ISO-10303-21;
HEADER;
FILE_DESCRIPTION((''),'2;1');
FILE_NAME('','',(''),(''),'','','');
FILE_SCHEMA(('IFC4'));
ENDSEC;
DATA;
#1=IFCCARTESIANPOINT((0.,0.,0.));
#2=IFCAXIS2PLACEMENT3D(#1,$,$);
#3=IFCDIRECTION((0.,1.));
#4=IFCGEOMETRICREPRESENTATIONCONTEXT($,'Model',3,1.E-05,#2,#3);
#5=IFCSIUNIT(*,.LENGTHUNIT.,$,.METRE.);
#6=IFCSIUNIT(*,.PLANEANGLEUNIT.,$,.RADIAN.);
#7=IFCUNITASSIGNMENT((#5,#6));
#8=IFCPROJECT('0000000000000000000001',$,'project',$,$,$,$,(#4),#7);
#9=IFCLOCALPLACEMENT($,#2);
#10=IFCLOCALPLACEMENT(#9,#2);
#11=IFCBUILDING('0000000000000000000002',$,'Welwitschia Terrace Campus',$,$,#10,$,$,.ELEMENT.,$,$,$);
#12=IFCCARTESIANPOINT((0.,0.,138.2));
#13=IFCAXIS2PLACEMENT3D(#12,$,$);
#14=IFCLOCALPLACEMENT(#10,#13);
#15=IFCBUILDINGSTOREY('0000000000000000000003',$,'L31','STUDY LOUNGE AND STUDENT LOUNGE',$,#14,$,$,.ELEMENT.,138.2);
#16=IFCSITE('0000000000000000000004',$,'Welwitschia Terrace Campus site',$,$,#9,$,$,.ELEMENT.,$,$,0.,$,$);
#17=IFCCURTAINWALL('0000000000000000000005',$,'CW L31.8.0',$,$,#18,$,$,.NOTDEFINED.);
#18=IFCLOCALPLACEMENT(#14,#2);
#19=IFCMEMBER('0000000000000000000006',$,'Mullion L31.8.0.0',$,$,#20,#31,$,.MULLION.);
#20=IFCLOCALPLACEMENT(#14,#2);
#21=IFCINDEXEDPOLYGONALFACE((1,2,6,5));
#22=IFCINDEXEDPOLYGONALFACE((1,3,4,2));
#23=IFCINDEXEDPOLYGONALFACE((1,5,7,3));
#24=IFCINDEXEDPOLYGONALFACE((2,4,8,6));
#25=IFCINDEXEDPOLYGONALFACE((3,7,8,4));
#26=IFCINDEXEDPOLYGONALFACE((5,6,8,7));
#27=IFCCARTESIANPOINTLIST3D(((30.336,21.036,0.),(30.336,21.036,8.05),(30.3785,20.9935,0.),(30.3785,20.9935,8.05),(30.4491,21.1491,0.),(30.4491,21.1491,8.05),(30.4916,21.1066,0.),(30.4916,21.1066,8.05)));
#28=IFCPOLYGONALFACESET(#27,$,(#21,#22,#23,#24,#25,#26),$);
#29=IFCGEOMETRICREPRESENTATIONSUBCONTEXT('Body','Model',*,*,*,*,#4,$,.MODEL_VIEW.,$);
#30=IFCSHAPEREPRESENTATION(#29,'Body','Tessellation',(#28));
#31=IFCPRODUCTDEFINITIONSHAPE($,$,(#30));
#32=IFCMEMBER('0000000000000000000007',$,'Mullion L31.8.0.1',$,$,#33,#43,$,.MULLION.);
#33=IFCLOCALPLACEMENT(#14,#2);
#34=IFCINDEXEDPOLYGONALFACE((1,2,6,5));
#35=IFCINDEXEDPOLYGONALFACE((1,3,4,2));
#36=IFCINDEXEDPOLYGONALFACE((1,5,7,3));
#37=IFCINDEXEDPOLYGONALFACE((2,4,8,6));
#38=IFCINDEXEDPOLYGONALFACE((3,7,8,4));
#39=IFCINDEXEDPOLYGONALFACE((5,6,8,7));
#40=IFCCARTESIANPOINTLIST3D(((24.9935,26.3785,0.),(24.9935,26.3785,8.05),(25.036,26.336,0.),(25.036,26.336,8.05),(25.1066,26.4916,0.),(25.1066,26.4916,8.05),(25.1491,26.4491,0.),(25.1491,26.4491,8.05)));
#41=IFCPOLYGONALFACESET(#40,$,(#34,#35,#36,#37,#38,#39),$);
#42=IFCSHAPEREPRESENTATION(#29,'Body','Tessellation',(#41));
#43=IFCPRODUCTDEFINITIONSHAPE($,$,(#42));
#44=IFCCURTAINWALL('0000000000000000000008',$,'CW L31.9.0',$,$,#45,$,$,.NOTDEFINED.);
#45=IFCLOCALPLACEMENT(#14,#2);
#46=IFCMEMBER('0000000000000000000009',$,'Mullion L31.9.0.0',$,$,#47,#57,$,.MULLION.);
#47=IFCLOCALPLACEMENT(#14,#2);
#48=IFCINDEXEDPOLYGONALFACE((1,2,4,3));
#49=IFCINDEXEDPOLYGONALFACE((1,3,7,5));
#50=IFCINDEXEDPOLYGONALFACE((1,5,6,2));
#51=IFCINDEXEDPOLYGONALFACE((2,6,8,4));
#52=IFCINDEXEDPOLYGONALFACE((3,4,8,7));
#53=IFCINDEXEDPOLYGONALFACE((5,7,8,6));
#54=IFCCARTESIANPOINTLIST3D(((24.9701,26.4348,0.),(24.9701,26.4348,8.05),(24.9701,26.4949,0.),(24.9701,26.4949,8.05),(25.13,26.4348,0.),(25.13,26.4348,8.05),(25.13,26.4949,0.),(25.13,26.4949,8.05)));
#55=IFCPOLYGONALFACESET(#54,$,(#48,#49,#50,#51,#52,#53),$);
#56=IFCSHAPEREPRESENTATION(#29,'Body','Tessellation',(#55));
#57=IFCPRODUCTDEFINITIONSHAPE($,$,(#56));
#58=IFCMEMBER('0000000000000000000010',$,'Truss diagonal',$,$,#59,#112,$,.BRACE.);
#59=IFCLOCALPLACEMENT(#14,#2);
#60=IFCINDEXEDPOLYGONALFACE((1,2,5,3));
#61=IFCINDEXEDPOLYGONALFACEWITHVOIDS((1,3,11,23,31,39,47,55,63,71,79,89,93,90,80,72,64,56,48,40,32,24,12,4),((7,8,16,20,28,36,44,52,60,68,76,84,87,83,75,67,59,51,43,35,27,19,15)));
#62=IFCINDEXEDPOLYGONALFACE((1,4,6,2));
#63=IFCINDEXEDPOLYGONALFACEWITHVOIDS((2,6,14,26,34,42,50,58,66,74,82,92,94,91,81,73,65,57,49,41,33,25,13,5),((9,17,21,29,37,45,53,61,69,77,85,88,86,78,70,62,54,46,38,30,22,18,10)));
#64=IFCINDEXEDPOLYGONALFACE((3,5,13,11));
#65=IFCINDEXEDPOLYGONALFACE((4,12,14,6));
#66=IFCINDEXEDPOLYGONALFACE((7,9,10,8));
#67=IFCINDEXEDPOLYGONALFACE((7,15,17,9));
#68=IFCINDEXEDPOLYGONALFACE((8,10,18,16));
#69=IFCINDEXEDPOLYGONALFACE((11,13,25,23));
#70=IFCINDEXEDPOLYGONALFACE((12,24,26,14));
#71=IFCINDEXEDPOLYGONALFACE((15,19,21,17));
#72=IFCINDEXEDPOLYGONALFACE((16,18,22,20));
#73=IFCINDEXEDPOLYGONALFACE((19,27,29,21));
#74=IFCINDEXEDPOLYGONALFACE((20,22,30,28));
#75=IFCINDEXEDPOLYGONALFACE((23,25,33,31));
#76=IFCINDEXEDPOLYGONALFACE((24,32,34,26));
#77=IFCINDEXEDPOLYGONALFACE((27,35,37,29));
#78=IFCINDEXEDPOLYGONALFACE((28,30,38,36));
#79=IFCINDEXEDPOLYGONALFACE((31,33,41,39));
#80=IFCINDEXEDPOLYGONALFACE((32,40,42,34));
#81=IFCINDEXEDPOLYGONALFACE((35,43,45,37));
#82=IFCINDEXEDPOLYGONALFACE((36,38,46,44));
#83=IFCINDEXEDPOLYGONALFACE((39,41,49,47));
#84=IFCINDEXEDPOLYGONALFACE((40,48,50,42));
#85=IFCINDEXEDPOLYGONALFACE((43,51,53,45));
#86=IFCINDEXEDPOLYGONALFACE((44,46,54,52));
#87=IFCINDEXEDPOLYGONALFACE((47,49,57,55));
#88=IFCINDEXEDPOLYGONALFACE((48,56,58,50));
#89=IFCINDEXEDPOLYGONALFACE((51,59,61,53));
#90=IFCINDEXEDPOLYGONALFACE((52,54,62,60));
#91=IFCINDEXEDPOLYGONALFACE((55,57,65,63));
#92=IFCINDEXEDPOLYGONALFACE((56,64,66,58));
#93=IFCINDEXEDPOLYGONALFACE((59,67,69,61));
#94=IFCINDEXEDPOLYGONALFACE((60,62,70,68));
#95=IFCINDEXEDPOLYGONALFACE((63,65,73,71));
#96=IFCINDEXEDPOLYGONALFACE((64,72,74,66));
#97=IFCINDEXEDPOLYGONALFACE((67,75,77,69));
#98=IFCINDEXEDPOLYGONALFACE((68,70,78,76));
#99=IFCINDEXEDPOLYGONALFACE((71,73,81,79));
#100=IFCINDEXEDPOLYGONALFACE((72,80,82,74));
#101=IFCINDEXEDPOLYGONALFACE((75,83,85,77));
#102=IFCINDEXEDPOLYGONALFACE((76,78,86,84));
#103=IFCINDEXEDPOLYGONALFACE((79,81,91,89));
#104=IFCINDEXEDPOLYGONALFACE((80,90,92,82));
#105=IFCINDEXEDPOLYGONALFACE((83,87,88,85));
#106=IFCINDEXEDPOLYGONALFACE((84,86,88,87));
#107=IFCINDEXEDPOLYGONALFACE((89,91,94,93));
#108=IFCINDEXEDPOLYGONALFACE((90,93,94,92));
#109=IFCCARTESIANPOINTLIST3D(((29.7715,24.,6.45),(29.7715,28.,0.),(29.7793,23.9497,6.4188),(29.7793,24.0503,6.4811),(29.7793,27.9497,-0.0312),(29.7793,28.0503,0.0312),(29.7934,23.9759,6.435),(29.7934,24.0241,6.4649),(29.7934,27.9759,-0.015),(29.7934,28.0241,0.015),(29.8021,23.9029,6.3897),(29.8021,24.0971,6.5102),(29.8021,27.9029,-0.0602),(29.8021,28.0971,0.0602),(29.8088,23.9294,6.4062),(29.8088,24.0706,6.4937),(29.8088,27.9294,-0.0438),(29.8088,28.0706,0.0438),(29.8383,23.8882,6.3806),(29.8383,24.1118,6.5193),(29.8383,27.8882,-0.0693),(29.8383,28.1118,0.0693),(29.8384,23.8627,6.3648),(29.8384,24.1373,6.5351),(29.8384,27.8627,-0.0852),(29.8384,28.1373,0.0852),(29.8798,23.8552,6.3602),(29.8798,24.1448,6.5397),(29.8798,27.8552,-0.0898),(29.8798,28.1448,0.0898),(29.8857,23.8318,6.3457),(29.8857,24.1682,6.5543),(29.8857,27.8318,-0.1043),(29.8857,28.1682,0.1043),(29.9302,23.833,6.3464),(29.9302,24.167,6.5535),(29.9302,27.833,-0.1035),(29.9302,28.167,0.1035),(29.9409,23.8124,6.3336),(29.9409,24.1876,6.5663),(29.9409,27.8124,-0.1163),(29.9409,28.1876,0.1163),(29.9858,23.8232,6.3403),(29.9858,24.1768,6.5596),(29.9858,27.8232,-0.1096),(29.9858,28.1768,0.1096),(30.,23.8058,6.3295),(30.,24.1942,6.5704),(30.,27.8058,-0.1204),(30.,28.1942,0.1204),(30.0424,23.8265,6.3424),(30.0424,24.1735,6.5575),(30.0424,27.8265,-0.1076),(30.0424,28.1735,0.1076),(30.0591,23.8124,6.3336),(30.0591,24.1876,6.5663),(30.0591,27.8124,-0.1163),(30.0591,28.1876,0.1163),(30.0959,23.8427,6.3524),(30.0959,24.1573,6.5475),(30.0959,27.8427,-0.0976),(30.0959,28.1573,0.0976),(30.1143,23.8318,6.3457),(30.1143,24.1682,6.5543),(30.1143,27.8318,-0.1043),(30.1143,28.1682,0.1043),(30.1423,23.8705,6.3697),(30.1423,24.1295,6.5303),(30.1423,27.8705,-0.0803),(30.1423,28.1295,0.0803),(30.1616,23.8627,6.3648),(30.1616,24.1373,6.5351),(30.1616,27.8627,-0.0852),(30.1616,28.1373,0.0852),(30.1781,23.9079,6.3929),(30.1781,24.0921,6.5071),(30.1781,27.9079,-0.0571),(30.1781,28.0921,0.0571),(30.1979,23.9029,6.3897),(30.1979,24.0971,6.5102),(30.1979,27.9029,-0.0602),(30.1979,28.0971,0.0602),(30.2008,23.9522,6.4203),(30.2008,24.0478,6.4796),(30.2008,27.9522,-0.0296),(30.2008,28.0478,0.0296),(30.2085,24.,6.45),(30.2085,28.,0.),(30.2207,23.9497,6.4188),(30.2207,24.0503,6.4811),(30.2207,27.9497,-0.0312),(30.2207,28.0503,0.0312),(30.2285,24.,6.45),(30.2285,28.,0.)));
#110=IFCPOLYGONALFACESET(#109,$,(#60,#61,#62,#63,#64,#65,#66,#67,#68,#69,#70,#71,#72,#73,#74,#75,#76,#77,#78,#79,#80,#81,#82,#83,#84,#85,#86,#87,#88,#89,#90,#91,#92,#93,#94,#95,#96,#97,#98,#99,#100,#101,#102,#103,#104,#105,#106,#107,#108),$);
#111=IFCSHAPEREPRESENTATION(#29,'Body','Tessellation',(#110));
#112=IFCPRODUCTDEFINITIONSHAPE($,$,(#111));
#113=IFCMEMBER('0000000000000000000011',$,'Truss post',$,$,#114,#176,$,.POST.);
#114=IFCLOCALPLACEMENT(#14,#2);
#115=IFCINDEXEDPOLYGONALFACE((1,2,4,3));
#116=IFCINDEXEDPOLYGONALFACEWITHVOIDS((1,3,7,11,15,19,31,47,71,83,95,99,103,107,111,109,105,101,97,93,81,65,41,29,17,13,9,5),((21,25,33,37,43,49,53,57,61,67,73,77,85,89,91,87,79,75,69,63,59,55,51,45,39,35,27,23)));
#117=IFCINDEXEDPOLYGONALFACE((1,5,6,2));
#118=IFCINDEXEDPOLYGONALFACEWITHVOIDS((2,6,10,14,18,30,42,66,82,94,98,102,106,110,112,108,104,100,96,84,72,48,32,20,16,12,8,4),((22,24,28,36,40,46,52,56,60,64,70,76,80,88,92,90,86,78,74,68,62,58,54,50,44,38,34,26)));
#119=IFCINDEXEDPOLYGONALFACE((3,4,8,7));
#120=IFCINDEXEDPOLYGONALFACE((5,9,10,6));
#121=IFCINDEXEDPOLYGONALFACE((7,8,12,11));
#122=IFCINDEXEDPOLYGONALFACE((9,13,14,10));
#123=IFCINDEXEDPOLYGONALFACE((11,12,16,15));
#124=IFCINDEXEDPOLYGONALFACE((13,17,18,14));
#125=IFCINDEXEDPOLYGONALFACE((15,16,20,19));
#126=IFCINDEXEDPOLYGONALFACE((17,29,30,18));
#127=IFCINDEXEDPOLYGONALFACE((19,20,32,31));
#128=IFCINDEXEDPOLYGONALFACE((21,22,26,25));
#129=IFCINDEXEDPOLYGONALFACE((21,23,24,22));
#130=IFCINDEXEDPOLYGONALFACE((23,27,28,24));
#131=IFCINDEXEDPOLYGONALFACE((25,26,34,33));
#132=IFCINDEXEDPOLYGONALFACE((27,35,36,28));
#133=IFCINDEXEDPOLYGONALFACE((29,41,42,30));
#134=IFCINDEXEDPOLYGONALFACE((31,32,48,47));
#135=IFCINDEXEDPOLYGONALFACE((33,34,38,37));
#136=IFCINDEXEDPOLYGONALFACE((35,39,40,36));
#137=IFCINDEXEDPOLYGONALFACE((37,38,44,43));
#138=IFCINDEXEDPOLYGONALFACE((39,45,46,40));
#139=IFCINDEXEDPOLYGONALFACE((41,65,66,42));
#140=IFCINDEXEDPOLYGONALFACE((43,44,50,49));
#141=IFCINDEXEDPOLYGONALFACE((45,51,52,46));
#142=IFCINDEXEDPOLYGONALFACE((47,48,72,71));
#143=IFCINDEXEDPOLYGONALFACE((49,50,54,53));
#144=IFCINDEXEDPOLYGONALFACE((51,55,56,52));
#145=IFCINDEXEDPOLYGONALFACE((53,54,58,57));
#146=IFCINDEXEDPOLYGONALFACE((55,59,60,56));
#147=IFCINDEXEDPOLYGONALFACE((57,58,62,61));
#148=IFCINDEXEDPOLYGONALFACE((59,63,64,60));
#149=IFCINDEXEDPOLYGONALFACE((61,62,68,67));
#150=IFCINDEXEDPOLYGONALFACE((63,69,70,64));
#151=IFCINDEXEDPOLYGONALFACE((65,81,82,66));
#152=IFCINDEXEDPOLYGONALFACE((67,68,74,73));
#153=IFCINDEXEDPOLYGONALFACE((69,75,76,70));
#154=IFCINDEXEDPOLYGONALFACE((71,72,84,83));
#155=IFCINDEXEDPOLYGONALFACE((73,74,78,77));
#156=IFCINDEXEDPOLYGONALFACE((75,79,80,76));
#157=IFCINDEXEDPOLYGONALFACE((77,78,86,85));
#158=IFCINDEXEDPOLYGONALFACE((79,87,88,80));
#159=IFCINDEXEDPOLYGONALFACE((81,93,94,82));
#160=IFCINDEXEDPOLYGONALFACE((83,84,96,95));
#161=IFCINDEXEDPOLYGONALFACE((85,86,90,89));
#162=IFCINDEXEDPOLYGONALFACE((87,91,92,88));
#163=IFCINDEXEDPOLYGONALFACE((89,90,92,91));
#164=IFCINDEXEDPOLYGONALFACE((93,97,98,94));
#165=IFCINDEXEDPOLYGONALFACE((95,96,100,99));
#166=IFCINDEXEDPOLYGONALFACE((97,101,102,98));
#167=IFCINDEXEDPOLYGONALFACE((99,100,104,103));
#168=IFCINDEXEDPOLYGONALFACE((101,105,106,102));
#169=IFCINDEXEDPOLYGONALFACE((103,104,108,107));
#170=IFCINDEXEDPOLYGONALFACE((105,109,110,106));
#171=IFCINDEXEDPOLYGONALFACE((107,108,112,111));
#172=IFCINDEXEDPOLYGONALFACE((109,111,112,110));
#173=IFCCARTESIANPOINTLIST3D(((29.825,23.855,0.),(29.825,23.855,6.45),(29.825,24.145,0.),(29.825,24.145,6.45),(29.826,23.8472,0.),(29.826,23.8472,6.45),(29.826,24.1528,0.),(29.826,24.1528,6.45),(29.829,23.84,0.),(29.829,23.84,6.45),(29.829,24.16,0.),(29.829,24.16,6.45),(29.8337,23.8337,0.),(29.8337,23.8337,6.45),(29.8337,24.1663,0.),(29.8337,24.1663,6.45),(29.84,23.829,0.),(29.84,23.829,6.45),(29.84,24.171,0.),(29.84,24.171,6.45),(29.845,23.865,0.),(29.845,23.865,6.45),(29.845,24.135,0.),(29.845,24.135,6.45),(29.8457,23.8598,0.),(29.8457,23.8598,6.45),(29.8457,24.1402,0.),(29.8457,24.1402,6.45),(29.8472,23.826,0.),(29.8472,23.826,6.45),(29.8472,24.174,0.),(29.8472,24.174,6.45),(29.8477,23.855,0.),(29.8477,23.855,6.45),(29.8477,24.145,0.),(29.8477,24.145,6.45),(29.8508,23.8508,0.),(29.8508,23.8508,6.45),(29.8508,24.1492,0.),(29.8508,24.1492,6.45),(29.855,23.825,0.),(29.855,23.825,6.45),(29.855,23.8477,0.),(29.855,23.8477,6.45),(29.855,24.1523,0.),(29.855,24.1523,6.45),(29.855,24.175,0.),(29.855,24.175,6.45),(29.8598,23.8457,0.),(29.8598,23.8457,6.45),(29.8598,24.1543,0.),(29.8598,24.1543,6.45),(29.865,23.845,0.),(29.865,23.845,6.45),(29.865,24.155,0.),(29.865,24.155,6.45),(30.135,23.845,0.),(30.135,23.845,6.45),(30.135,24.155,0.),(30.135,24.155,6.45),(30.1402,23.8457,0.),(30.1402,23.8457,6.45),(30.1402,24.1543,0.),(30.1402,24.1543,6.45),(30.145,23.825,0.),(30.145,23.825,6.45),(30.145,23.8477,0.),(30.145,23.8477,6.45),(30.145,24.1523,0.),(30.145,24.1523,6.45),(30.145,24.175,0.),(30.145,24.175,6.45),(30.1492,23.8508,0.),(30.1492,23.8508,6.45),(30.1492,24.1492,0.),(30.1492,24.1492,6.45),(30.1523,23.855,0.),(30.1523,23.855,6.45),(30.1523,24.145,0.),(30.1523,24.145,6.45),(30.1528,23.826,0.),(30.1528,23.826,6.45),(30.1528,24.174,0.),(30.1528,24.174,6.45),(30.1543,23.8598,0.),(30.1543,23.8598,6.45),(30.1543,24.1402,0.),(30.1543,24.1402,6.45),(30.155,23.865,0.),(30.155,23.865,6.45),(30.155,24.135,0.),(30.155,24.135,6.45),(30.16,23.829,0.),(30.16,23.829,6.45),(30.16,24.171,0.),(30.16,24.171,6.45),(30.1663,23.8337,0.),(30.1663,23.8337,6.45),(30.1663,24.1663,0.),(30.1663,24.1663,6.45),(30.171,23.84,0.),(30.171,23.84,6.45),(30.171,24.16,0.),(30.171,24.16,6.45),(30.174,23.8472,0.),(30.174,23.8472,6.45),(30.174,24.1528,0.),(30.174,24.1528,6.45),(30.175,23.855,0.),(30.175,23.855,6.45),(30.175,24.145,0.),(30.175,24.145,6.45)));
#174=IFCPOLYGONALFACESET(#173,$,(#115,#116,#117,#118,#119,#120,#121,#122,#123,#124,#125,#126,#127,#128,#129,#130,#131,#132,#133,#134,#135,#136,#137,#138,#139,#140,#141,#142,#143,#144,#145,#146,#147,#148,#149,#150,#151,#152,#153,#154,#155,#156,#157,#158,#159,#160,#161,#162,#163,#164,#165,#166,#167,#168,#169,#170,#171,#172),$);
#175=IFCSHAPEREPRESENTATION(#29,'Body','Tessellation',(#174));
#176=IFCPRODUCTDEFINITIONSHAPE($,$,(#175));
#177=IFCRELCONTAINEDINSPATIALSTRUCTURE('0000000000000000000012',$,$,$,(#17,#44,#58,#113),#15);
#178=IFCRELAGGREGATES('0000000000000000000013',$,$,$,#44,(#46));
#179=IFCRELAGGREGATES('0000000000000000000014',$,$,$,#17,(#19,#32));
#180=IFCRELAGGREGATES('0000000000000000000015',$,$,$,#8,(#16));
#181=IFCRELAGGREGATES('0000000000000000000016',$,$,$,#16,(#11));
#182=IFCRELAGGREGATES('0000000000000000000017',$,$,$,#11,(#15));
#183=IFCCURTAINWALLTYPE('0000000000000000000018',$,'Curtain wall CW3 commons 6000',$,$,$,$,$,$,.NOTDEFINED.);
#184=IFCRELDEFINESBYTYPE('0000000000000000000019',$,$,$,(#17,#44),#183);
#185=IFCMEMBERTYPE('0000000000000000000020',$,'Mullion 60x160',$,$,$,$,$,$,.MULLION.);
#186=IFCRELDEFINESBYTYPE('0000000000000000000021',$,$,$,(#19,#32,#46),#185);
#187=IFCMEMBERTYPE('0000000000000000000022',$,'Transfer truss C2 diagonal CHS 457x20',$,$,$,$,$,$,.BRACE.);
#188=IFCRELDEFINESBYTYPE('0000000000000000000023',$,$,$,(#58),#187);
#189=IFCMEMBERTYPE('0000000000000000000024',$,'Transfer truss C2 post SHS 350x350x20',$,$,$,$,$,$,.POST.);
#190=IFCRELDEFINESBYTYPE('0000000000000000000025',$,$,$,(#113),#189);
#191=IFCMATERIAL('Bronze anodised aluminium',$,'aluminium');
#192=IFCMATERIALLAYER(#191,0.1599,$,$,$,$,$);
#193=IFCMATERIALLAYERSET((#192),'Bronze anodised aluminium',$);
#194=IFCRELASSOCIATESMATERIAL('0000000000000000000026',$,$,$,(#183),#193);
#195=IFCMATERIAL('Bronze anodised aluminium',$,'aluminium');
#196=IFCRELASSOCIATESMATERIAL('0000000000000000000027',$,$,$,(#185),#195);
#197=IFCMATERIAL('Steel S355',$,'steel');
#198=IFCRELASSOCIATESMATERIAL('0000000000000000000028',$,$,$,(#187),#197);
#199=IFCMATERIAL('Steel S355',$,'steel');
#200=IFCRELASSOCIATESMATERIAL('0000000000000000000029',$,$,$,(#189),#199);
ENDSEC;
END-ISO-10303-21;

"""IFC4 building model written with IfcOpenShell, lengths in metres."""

from ifc_helpers import new_model, si_unit, direction, frame, origin, origin_2d, place, context, subcontext, project, spatial, rectangle, hollow_rectangle, hollow_circle, extrude, material, layer, layer_set, material_profile, profile_set, type_object, element, aggregate, save


model = new_model("IFC4")

# Units and contexts
model_context = context("Model", 3, precision=1e-05, world=origin(), true_north=direction((0.0, 1.0)))
body_context = subcontext(model_context, "Body", "Model", "MODEL_VIEW")
ifc_project = project(units=[si_unit("LENGTHUNIT", "METRE"), si_unit("PLANEANGLEUNIT", "RADIAN")], contexts=[model_context])

# Site, building, storey
site_placement = place(None, origin())
site = spatial("IfcSite", under=ifc_project, at=site_placement, Name="Welwitschia Terrace Campus site", CompositionType="ELEMENT", RefElevation=0.0)
building_placement = place(site_placement, origin())
building = spatial("IfcBuilding", under=site, at=building_placement, Name="Welwitschia Terrace Campus", CompositionType="ELEMENT")
storey_placement = place(building_placement, frame((0.0, 0.0, 138.2)))
storey = spatial("IfcBuildingStorey", under=building, at=storey_placement, Name="L31", Description="STUDY LOUNGE AND STUDENT LOUNGE", CompositionType="ELEMENT", Elevation=138.2)

# Curtain wall, members
ifc_material_1 = material(Name="Bronze anodised aluminium", Category="aluminium")
ifc_layer_1 = layer(ifc_material_1, 0.1599)
ifc_layer_set_1 = layer_set([ifc_layer_1], Name="Bronze anodised aluminium")
curtain_wall_type = type_object("IfcCurtainWallType", Name="Curtain wall CW3 commons 6000", PredefinedType="NOTDEFINED", material=ifc_layer_set_1)
curtain_wall_1_placement = place(storey_placement, origin())
curtain_wall_1 = element("IfcCurtainWall", 1, at=curtain_wall_1_placement, inside=storey, type_object=curtain_wall_type, Name="CW L31.8.0", PredefinedType="NOTDEFINED")
ifc_material_2 = material(Name="Bronze anodised aluminium", Category="aluminium")
ifc_material_profile_1 = material_profile(ifc_material_2, rectangle(XDim=0.1599, YDim=0.0601, at=origin_2d()))
ifc_profile_set_1 = profile_set([ifc_material_profile_1], Name="Bronze anodised aluminium")
member_type_1 = type_object("IfcMemberType", Name="Mullion 60x160", PredefinedType="MULLION", material=ifc_profile_set_1)
member_1_placement = place(storey_placement, frame((30.4138, 21.0713, 0.0), z_axis=(0.0, 0.0, 1.0), x_axis=(-0.707107, -0.707107, 0.0)))
member_1 = element("IfcMember", 2, at=member_1_placement, type_object=member_type_1, Name="Mullion L31.8.0.0", PredefinedType="MULLION", context=body_context, shape_type="SweptSolid", body=[
    extrude(rectangle(XDim=0.1599, YDim=0.0601, at=origin_2d()), origin(), (0.0, 0.0, 1.0), 8.05),
])
member_2_placement = place(storey_placement, frame((25.0713, 26.4138, 0.0), z_axis=(0.0, 0.0, 1.0), x_axis=(-0.707107, -0.707107, 0.0)))
member_2 = element("IfcMember", 3, at=member_2_placement, type_object=member_type_1, Name="Mullion L31.8.0.1", PredefinedType="MULLION", context=body_context, shape_type="SweptSolid", body=[
    extrude(rectangle(XDim=0.1599, YDim=0.0601, at=origin_2d()), origin(), (0.0, 0.0, 1.0), 8.05),
])

# Curtain wall, member
curtain_wall_2_placement = place(storey_placement, origin())
curtain_wall_2 = element("IfcCurtainWall", 4, at=curtain_wall_2_placement, inside=storey, type_object=curtain_wall_type, Name="CW L31.9.0", PredefinedType="NOTDEFINED")
member_3_placement = place(storey_placement, frame((25.05, 26.4648, 0.0), z_axis=(0.0, 0.0, 1.0), x_axis=(-1.0, 0.0, 0.0)))
member_3 = element("IfcMember", 5, at=member_3_placement, type_object=member_type_1, Name="Mullion L31.9.0.0", PredefinedType="MULLION", context=body_context, shape_type="SweptSolid", body=[
    extrude(rectangle(XDim=0.1599, YDim=0.0601, at=origin_2d()), origin(), (0.0, 0.0, 1.0), 8.05),
])

# Members
ifc_material_3 = material(Name="Steel S355", Category="steel")
ifc_material_profile_2 = material_profile(ifc_material_3, hollow_circle(Radius=0.2285, WallThickness=0.02, at=origin_2d()))
ifc_profile_set_2 = profile_set([ifc_material_profile_2], Name="Steel S355")
member_type_2 = type_object("IfcMemberType", Name="Transfer truss C2 diagonal CHS 457x20", PredefinedType="BRACE", material=ifc_profile_set_2)
member_4_placement = place(storey_placement, frame((30.0, 28.0, 0.0), z_axis=(0.0, -0.527038, 0.849842), x_axis=(1.0, 0.0, 0.0)))
element("IfcMember", 6, at=member_4_placement, inside=storey, type_object=member_type_2, Name="Truss diagonal", PredefinedType="BRACE", context=body_context, shape_type="SweptSolid", body=[
    extrude(hollow_circle(Radius=0.2285, WallThickness=0.02, at=origin_2d()), origin(), (0.0, 0.0, 1.0), 7.5896),
])
ifc_material_4 = material(Name="Steel S355", Category="steel")
ifc_material_profile_3 = material_profile(ifc_material_4, hollow_rectangle(XDim=0.3501, YDim=0.3501, WallThickness=0.02, InnerFilletRadius=0.02, OuterFilletRadius=0.03, at=origin_2d()))
ifc_profile_set_3 = profile_set([ifc_material_profile_3], Name="Steel S355")
member_type_3 = type_object("IfcMemberType", Name="Transfer truss C2 post SHS 350x350x20", PredefinedType="POST", material=ifc_profile_set_3)
for number, where, z_axis, x_axis, name in (
    (7, (30.0, 24.0, 0.0), (0.0, 0.0, 1.0), (1.0, 0.0, 0.0), "Truss post"),
):
    element("IfcMember", number, at=place(storey_placement, frame(where, z_axis=z_axis, x_axis=x_axis)), inside=storey, type_object=member_type_3, Name=name, PredefinedType="POST", context=body_context, shape_type="SweptSolid", body=[
        extrude(hollow_rectangle(XDim=0.3501, YDim=0.3501, WallThickness=0.02, InnerFilletRadius=0.02, OuterFilletRadius=0.03, at=origin_2d()), origin(), (0.0, 0.0, 1.0), 6.45),
    ])

aggregate(curtain_wall_2, [member_3])

aggregate(curtain_wall_1, [member_1, member_2])

save(model, "model.ifc")
